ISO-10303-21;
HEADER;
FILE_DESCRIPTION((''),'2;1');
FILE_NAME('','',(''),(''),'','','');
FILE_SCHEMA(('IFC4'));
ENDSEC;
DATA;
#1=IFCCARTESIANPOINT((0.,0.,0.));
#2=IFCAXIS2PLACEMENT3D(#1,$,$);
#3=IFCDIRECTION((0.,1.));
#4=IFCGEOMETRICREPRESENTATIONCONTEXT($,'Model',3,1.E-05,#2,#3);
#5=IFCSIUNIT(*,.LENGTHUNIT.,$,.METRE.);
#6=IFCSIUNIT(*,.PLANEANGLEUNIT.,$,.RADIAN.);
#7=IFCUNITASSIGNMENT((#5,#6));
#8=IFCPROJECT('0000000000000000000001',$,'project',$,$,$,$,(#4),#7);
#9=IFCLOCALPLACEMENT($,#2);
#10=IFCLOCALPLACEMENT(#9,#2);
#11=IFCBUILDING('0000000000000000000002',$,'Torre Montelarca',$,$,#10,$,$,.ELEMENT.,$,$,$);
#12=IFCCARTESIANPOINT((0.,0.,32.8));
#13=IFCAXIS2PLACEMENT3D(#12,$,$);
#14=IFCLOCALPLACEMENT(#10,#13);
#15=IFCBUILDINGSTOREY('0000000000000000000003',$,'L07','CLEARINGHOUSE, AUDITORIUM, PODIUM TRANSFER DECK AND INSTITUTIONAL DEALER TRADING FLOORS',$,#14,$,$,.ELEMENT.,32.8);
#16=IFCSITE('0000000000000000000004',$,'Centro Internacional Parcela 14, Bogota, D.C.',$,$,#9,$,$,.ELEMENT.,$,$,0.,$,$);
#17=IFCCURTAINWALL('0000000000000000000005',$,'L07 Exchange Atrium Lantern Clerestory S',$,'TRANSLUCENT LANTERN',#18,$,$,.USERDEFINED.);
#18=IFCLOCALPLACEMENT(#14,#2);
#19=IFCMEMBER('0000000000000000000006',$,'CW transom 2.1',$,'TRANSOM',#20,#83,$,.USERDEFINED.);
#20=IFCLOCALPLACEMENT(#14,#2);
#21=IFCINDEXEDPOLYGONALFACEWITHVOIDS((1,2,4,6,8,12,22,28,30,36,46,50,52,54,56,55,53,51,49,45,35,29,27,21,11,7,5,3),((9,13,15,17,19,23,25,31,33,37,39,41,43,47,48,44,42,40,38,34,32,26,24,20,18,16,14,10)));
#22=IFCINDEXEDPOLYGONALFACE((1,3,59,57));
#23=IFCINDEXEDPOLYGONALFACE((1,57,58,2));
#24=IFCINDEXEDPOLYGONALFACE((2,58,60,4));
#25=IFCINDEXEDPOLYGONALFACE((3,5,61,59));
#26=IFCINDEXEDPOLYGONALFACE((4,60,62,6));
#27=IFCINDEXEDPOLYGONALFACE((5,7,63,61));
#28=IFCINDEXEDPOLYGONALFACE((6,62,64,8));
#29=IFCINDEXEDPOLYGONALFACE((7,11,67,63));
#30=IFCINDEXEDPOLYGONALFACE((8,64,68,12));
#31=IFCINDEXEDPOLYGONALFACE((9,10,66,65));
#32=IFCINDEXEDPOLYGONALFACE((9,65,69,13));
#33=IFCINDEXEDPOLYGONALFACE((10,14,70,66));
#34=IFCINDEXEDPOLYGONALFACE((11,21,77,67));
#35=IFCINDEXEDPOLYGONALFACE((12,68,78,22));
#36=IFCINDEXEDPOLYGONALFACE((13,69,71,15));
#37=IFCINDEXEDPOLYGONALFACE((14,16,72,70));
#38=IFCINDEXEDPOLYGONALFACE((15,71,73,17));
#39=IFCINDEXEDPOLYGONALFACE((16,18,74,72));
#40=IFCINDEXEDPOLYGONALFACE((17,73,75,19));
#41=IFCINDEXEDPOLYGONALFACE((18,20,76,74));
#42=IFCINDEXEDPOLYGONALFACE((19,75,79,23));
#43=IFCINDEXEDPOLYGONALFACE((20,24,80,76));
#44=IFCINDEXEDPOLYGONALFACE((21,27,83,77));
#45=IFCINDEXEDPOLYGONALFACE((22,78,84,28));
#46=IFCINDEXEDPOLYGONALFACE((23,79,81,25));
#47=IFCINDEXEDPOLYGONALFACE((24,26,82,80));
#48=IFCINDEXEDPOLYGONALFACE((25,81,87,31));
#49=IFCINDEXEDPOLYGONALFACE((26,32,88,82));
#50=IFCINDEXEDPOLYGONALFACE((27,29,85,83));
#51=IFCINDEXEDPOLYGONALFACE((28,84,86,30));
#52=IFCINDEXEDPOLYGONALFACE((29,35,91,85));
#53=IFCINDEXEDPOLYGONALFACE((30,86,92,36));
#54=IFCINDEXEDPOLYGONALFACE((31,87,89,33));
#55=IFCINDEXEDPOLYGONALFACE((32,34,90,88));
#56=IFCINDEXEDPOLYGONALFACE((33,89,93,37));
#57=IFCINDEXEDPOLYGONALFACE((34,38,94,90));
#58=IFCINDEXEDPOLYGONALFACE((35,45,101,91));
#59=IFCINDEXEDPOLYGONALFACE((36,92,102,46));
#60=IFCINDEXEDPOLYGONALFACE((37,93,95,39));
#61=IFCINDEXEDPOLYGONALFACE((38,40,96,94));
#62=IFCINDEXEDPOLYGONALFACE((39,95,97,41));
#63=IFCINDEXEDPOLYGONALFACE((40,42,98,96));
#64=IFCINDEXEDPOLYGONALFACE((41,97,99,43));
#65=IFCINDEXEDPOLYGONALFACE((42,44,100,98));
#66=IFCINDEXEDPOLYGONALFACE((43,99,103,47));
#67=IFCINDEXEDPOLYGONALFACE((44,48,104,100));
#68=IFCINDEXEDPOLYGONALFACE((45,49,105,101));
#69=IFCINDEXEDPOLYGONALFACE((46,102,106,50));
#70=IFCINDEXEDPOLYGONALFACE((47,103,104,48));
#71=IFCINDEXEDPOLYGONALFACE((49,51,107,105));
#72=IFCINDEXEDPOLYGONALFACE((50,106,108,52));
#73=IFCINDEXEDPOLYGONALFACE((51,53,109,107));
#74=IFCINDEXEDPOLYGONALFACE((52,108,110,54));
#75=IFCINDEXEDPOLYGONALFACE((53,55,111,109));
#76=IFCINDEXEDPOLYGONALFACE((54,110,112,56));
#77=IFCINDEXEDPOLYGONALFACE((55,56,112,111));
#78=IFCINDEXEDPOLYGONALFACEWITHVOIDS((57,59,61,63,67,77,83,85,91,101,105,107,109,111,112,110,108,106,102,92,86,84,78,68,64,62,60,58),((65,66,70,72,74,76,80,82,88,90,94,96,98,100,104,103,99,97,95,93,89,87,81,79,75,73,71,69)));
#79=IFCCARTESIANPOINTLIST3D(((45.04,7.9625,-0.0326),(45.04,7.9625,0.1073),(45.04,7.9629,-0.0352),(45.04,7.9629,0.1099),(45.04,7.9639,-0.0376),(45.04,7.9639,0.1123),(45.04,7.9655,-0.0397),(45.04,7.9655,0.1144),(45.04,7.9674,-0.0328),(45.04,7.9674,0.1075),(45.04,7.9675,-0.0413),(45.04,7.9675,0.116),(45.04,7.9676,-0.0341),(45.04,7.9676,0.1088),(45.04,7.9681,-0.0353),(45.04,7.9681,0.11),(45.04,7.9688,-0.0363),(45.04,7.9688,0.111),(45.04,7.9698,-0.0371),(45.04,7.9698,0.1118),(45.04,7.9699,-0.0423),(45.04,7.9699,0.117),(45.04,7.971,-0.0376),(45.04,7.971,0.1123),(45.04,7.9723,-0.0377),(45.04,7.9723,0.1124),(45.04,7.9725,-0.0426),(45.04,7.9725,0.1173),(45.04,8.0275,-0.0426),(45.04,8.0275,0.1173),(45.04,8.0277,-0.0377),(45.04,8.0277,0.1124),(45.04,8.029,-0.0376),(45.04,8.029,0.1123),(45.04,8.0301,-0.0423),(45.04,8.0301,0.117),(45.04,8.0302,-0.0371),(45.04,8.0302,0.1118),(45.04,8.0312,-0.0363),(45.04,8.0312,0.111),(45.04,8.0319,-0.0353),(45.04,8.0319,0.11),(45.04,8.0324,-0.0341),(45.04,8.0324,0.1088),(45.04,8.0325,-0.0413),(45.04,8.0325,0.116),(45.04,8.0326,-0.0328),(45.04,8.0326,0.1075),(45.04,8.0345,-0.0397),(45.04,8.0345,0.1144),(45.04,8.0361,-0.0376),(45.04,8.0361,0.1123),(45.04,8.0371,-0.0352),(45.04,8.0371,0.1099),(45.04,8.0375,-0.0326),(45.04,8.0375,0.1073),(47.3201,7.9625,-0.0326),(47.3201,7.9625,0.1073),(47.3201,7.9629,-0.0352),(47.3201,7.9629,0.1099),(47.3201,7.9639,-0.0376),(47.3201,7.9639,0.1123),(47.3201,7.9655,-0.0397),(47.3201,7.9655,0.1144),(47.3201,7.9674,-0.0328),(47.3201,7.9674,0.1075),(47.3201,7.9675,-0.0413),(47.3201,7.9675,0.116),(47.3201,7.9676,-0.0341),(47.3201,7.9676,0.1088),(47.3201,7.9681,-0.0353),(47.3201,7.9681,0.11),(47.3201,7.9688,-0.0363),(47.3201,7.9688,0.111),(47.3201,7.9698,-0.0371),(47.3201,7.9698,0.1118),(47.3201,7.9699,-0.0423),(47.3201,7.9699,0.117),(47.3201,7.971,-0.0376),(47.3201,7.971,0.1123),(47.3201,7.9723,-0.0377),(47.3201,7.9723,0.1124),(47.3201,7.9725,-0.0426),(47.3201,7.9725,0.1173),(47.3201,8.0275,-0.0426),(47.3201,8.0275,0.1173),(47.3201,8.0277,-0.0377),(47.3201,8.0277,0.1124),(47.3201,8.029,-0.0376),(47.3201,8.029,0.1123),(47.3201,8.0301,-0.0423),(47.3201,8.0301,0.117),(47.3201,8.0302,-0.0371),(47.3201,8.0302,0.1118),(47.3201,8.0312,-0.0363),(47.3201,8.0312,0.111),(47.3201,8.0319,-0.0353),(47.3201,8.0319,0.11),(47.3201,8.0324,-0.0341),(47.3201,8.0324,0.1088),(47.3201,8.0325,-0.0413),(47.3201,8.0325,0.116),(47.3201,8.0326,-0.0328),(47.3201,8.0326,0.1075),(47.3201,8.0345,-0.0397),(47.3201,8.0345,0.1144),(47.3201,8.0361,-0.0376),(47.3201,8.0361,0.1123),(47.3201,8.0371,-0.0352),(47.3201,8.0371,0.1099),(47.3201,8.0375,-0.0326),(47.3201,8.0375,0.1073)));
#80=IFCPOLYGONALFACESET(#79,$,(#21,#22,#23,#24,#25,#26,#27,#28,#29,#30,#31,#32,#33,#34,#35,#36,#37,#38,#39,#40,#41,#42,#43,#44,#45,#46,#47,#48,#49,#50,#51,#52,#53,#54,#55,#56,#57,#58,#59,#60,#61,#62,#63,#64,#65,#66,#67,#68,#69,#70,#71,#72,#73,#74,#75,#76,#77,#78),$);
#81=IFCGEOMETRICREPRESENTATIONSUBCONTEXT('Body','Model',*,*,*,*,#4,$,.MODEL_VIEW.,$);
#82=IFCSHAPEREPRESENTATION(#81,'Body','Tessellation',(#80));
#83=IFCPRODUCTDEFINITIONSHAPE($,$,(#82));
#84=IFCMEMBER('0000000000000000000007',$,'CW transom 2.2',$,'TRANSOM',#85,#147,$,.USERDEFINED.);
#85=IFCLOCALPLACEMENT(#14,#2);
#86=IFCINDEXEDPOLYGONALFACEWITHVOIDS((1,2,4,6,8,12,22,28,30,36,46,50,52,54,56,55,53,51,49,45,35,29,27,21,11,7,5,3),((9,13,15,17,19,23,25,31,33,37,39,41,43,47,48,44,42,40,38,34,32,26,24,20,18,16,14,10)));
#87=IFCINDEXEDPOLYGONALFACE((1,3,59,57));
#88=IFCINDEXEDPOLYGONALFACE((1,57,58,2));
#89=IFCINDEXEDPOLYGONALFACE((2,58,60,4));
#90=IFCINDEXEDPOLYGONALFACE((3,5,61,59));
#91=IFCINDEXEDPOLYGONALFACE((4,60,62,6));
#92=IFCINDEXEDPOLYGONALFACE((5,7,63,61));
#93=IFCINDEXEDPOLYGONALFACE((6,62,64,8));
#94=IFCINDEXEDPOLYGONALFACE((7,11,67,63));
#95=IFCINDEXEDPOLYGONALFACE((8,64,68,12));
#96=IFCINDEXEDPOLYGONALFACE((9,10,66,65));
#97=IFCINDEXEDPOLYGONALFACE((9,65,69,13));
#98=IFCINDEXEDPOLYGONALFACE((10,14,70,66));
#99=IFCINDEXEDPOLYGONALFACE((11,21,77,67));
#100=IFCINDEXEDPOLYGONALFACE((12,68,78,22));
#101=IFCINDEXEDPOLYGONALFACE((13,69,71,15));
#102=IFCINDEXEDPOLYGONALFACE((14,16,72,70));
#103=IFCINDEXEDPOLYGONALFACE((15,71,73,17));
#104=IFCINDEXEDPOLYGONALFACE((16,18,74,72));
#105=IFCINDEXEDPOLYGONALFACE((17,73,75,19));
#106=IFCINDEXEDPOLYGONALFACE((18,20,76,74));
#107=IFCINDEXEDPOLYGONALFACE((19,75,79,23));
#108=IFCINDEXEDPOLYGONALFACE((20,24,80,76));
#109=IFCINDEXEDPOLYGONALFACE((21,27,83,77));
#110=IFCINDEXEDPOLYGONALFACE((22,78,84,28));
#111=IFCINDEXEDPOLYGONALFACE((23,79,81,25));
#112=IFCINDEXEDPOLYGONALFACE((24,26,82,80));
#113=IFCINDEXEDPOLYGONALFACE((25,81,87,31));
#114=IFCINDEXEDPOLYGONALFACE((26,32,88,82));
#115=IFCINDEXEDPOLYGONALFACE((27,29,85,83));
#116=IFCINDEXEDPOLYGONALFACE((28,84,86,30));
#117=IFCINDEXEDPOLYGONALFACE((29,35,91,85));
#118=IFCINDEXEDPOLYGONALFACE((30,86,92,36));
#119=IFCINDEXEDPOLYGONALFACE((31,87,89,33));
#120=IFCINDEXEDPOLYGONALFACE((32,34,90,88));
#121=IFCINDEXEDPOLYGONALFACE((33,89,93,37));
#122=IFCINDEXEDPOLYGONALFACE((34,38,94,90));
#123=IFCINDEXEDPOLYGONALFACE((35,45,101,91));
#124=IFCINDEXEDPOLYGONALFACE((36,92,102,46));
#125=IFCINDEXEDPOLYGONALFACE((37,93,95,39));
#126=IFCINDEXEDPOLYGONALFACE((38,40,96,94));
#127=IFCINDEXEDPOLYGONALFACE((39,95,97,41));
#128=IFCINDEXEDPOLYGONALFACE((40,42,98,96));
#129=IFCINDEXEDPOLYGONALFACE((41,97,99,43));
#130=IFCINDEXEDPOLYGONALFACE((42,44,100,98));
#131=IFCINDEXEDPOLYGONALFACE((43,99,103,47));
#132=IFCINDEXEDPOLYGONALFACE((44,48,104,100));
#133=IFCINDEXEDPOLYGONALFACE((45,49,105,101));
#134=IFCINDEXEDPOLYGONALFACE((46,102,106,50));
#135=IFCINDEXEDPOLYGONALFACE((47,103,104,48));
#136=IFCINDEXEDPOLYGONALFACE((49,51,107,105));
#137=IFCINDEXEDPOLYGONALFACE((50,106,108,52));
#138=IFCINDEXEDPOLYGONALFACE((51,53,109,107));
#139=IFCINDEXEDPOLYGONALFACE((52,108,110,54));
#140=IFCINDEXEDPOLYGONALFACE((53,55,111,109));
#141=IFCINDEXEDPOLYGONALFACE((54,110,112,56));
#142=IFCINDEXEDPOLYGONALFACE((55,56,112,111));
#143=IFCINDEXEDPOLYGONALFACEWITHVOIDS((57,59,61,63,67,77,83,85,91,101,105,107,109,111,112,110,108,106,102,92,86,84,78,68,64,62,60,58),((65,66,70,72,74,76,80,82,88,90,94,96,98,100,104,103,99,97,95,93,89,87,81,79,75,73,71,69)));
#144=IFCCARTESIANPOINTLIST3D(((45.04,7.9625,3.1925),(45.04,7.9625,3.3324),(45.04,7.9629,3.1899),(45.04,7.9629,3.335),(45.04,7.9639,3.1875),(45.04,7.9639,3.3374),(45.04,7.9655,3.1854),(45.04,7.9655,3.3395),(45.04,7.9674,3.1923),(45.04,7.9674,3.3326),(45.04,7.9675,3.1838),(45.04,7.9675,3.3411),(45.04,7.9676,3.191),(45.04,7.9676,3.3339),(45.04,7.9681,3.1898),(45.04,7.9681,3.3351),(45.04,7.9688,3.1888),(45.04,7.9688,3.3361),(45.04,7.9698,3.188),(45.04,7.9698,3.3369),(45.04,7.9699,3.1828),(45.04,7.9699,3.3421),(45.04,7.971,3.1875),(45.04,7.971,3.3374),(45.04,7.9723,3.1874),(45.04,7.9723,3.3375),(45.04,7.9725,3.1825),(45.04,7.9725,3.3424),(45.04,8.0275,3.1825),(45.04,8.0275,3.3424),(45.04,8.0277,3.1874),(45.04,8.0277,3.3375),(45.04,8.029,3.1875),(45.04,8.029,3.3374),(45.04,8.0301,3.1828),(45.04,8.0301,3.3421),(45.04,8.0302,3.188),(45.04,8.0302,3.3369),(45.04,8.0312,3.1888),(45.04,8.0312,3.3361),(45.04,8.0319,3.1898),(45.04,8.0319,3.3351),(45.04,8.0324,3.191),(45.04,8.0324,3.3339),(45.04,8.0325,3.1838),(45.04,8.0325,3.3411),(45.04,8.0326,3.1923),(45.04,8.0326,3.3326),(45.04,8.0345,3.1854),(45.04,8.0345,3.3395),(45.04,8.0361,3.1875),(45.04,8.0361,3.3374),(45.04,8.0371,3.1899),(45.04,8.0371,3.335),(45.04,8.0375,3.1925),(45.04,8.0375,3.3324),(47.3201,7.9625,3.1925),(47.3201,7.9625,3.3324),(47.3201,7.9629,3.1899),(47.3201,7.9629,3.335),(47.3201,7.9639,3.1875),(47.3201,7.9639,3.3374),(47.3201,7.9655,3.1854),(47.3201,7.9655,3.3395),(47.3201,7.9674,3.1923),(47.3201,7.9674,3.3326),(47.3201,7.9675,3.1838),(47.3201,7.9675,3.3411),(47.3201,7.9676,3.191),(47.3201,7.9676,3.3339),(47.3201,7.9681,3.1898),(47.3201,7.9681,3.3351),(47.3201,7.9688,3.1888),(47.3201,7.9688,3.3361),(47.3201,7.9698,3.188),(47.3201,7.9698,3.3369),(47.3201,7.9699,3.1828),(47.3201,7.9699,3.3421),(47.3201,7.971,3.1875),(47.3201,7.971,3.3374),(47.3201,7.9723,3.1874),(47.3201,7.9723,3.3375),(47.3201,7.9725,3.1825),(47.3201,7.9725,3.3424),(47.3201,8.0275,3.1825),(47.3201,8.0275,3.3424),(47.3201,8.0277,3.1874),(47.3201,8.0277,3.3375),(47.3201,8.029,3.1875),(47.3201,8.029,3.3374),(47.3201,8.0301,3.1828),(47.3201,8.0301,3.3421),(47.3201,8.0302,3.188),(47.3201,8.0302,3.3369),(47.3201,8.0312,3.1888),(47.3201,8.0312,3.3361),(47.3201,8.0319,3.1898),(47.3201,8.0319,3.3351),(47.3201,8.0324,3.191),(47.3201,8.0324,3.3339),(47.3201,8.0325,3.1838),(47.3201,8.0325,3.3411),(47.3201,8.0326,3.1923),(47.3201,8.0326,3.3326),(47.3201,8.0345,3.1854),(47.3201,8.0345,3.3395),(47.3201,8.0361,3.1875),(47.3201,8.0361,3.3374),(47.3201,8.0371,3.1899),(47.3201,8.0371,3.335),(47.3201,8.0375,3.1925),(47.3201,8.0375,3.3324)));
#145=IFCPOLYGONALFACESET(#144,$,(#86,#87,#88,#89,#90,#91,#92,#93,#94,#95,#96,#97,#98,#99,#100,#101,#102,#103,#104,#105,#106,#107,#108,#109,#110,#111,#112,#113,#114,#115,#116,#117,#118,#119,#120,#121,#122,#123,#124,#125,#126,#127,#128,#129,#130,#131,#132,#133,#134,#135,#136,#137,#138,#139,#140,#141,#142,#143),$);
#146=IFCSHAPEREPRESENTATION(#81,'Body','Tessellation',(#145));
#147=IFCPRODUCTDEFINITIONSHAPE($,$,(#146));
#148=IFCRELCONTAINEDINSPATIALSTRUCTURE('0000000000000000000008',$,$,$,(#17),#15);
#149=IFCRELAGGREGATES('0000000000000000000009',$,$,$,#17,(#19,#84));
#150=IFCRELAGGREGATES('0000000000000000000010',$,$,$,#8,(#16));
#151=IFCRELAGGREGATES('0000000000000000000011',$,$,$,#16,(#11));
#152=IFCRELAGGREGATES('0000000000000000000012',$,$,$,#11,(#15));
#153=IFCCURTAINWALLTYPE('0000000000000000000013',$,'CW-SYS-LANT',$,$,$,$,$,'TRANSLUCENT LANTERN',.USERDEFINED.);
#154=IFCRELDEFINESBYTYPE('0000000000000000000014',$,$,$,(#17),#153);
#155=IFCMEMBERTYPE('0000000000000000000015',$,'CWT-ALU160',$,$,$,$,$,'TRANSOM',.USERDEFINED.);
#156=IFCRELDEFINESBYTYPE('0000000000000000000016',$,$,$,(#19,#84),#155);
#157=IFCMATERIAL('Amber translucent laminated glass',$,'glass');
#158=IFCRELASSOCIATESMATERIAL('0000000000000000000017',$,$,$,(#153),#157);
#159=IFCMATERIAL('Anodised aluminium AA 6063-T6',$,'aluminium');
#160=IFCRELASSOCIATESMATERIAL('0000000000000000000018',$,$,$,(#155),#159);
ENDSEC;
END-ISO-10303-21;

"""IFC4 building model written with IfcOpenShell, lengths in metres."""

from ifc_helpers import new_model, si_unit, direction, frame, origin, origin_2d, place, context, subcontext, project, spatial, hollow_rectangle, extrude, source, transform, mapped, material, material_profile, profile_set, type_object, element, aggregate, save


model = new_model("IFC4")

# Units and contexts
model_context = context("Model", 3, precision=1e-05, world=origin(), true_north=direction((0.0, 1.0)))
body_context = subcontext(model_context, "Body", "Model", "MODEL_VIEW")
ifc_project = project(units=[si_unit("LENGTHUNIT", "METRE"), si_unit("PLANEANGLEUNIT", "RADIAN")], contexts=[model_context])

# Site, building, storey
site_placement = place(None, origin())
site = spatial("IfcSite", under=ifc_project, at=site_placement, Name="Centro Internacional Parcela 14, Bogota, D.C.", CompositionType="ELEMENT", RefElevation=0.0)
building_placement = place(site_placement, origin())
building = spatial("IfcBuilding", under=site, at=building_placement, Name="Torre Montelarca", CompositionType="ELEMENT")
storey_placement = place(building_placement, frame((0.0, 0.0, 32.8)))
storey = spatial("IfcBuildingStorey", under=building, at=storey_placement, Name="L07", Description="CLEARINGHOUSE, AUDITORIUM, PODIUM TRANSFER DECK AND INSTITUTIONAL DEALER TRADING FLOORS", CompositionType="ELEMENT", Elevation=32.8)

# Curtain wall
ifc_material_1 = material(Name="Amber translucent laminated glass", Category="glass")
curtain_wall_type = type_object("IfcCurtainWallType", Name="CW-SYS-LANT", ElementType="TRANSLUCENT LANTERN", PredefinedType="USERDEFINED", material=ifc_material_1)
curtain_wall_1_placement = place(storey_placement, origin())
curtain_wall_1 = element("IfcCurtainWall", 1, at=curtain_wall_1_placement, inside=storey, type_object=curtain_wall_type, Name="L07 Exchange Atrium Lantern Clerestory S", ObjectType="TRANSLUCENT LANTERN", PredefinedType="USERDEFINED")
ifc_material_2 = material(Name="Anodised aluminium AA 6063-T6", Category="aluminium")

# Members
ifc_material_profile_1 = material_profile(ifc_material_2, hollow_rectangle(XDim=0.075, YDim=0.1599, WallThickness=0.0049, InnerFilletRadius=0.0049, OuterFilletRadius=0.01, at=origin_2d()), Name="ALU75X160X5", Category="aluminium")
ifc_profile_set_1 = profile_set([ifc_material_profile_1], Name="Anodised aluminium AA 6063-T6")
member_type_1 = type_object("IfcMemberType", Name="CWT-ALU160", ElementType="TRANSOM", PredefinedType="USERDEFINED", material=ifc_profile_set_1)
shared_shape_1 = source(origin(), body_context, "Body", "SweptSolid", [
    extrude(hollow_rectangle(XDim=0.075, YDim=0.1599, WallThickness=0.0049, InnerFilletRadius=0.0049, OuterFilletRadius=0.01, at=origin_2d()), origin(), (0.0, 0.0, 1.0), 2.28),
])
member_1_placement = place(storey_placement, frame((45.04, 8.0, 0.0374), z_axis=(1.0, 0.0, 0.0), x_axis=(0.0, 1.0, 0.0)))
member_1 = element("IfcMember", 2, at=member_1_placement, type_object=member_type_1, Name="CW transom 2.1", ObjectType="TRANSOM", PredefinedType="USERDEFINED", context=body_context, shape_type="MappedRepresentation", body=[
    mapped(shared_shape_1, transform((0.0, 0.0, 0.0), scale=1.0)),
])
member_2_placement = place(storey_placement, frame((45.04, 8.0, 3.2625), z_axis=(1.0, 0.0, 0.0), x_axis=(0.0, 1.0, 0.0)))
member_2 = element("IfcMember", 3, at=member_2_placement, type_object=member_type_1, Name="CW transom 2.2", ObjectType="TRANSOM", PredefinedType="USERDEFINED", context=body_context, shape_type="MappedRepresentation", body=[
    mapped(shared_shape_1, transform((0.0, 0.0, 0.0), scale=1.0)),
])

aggregate(curtain_wall_1, [member_1, member_2])

save(model, "model.ifc")
